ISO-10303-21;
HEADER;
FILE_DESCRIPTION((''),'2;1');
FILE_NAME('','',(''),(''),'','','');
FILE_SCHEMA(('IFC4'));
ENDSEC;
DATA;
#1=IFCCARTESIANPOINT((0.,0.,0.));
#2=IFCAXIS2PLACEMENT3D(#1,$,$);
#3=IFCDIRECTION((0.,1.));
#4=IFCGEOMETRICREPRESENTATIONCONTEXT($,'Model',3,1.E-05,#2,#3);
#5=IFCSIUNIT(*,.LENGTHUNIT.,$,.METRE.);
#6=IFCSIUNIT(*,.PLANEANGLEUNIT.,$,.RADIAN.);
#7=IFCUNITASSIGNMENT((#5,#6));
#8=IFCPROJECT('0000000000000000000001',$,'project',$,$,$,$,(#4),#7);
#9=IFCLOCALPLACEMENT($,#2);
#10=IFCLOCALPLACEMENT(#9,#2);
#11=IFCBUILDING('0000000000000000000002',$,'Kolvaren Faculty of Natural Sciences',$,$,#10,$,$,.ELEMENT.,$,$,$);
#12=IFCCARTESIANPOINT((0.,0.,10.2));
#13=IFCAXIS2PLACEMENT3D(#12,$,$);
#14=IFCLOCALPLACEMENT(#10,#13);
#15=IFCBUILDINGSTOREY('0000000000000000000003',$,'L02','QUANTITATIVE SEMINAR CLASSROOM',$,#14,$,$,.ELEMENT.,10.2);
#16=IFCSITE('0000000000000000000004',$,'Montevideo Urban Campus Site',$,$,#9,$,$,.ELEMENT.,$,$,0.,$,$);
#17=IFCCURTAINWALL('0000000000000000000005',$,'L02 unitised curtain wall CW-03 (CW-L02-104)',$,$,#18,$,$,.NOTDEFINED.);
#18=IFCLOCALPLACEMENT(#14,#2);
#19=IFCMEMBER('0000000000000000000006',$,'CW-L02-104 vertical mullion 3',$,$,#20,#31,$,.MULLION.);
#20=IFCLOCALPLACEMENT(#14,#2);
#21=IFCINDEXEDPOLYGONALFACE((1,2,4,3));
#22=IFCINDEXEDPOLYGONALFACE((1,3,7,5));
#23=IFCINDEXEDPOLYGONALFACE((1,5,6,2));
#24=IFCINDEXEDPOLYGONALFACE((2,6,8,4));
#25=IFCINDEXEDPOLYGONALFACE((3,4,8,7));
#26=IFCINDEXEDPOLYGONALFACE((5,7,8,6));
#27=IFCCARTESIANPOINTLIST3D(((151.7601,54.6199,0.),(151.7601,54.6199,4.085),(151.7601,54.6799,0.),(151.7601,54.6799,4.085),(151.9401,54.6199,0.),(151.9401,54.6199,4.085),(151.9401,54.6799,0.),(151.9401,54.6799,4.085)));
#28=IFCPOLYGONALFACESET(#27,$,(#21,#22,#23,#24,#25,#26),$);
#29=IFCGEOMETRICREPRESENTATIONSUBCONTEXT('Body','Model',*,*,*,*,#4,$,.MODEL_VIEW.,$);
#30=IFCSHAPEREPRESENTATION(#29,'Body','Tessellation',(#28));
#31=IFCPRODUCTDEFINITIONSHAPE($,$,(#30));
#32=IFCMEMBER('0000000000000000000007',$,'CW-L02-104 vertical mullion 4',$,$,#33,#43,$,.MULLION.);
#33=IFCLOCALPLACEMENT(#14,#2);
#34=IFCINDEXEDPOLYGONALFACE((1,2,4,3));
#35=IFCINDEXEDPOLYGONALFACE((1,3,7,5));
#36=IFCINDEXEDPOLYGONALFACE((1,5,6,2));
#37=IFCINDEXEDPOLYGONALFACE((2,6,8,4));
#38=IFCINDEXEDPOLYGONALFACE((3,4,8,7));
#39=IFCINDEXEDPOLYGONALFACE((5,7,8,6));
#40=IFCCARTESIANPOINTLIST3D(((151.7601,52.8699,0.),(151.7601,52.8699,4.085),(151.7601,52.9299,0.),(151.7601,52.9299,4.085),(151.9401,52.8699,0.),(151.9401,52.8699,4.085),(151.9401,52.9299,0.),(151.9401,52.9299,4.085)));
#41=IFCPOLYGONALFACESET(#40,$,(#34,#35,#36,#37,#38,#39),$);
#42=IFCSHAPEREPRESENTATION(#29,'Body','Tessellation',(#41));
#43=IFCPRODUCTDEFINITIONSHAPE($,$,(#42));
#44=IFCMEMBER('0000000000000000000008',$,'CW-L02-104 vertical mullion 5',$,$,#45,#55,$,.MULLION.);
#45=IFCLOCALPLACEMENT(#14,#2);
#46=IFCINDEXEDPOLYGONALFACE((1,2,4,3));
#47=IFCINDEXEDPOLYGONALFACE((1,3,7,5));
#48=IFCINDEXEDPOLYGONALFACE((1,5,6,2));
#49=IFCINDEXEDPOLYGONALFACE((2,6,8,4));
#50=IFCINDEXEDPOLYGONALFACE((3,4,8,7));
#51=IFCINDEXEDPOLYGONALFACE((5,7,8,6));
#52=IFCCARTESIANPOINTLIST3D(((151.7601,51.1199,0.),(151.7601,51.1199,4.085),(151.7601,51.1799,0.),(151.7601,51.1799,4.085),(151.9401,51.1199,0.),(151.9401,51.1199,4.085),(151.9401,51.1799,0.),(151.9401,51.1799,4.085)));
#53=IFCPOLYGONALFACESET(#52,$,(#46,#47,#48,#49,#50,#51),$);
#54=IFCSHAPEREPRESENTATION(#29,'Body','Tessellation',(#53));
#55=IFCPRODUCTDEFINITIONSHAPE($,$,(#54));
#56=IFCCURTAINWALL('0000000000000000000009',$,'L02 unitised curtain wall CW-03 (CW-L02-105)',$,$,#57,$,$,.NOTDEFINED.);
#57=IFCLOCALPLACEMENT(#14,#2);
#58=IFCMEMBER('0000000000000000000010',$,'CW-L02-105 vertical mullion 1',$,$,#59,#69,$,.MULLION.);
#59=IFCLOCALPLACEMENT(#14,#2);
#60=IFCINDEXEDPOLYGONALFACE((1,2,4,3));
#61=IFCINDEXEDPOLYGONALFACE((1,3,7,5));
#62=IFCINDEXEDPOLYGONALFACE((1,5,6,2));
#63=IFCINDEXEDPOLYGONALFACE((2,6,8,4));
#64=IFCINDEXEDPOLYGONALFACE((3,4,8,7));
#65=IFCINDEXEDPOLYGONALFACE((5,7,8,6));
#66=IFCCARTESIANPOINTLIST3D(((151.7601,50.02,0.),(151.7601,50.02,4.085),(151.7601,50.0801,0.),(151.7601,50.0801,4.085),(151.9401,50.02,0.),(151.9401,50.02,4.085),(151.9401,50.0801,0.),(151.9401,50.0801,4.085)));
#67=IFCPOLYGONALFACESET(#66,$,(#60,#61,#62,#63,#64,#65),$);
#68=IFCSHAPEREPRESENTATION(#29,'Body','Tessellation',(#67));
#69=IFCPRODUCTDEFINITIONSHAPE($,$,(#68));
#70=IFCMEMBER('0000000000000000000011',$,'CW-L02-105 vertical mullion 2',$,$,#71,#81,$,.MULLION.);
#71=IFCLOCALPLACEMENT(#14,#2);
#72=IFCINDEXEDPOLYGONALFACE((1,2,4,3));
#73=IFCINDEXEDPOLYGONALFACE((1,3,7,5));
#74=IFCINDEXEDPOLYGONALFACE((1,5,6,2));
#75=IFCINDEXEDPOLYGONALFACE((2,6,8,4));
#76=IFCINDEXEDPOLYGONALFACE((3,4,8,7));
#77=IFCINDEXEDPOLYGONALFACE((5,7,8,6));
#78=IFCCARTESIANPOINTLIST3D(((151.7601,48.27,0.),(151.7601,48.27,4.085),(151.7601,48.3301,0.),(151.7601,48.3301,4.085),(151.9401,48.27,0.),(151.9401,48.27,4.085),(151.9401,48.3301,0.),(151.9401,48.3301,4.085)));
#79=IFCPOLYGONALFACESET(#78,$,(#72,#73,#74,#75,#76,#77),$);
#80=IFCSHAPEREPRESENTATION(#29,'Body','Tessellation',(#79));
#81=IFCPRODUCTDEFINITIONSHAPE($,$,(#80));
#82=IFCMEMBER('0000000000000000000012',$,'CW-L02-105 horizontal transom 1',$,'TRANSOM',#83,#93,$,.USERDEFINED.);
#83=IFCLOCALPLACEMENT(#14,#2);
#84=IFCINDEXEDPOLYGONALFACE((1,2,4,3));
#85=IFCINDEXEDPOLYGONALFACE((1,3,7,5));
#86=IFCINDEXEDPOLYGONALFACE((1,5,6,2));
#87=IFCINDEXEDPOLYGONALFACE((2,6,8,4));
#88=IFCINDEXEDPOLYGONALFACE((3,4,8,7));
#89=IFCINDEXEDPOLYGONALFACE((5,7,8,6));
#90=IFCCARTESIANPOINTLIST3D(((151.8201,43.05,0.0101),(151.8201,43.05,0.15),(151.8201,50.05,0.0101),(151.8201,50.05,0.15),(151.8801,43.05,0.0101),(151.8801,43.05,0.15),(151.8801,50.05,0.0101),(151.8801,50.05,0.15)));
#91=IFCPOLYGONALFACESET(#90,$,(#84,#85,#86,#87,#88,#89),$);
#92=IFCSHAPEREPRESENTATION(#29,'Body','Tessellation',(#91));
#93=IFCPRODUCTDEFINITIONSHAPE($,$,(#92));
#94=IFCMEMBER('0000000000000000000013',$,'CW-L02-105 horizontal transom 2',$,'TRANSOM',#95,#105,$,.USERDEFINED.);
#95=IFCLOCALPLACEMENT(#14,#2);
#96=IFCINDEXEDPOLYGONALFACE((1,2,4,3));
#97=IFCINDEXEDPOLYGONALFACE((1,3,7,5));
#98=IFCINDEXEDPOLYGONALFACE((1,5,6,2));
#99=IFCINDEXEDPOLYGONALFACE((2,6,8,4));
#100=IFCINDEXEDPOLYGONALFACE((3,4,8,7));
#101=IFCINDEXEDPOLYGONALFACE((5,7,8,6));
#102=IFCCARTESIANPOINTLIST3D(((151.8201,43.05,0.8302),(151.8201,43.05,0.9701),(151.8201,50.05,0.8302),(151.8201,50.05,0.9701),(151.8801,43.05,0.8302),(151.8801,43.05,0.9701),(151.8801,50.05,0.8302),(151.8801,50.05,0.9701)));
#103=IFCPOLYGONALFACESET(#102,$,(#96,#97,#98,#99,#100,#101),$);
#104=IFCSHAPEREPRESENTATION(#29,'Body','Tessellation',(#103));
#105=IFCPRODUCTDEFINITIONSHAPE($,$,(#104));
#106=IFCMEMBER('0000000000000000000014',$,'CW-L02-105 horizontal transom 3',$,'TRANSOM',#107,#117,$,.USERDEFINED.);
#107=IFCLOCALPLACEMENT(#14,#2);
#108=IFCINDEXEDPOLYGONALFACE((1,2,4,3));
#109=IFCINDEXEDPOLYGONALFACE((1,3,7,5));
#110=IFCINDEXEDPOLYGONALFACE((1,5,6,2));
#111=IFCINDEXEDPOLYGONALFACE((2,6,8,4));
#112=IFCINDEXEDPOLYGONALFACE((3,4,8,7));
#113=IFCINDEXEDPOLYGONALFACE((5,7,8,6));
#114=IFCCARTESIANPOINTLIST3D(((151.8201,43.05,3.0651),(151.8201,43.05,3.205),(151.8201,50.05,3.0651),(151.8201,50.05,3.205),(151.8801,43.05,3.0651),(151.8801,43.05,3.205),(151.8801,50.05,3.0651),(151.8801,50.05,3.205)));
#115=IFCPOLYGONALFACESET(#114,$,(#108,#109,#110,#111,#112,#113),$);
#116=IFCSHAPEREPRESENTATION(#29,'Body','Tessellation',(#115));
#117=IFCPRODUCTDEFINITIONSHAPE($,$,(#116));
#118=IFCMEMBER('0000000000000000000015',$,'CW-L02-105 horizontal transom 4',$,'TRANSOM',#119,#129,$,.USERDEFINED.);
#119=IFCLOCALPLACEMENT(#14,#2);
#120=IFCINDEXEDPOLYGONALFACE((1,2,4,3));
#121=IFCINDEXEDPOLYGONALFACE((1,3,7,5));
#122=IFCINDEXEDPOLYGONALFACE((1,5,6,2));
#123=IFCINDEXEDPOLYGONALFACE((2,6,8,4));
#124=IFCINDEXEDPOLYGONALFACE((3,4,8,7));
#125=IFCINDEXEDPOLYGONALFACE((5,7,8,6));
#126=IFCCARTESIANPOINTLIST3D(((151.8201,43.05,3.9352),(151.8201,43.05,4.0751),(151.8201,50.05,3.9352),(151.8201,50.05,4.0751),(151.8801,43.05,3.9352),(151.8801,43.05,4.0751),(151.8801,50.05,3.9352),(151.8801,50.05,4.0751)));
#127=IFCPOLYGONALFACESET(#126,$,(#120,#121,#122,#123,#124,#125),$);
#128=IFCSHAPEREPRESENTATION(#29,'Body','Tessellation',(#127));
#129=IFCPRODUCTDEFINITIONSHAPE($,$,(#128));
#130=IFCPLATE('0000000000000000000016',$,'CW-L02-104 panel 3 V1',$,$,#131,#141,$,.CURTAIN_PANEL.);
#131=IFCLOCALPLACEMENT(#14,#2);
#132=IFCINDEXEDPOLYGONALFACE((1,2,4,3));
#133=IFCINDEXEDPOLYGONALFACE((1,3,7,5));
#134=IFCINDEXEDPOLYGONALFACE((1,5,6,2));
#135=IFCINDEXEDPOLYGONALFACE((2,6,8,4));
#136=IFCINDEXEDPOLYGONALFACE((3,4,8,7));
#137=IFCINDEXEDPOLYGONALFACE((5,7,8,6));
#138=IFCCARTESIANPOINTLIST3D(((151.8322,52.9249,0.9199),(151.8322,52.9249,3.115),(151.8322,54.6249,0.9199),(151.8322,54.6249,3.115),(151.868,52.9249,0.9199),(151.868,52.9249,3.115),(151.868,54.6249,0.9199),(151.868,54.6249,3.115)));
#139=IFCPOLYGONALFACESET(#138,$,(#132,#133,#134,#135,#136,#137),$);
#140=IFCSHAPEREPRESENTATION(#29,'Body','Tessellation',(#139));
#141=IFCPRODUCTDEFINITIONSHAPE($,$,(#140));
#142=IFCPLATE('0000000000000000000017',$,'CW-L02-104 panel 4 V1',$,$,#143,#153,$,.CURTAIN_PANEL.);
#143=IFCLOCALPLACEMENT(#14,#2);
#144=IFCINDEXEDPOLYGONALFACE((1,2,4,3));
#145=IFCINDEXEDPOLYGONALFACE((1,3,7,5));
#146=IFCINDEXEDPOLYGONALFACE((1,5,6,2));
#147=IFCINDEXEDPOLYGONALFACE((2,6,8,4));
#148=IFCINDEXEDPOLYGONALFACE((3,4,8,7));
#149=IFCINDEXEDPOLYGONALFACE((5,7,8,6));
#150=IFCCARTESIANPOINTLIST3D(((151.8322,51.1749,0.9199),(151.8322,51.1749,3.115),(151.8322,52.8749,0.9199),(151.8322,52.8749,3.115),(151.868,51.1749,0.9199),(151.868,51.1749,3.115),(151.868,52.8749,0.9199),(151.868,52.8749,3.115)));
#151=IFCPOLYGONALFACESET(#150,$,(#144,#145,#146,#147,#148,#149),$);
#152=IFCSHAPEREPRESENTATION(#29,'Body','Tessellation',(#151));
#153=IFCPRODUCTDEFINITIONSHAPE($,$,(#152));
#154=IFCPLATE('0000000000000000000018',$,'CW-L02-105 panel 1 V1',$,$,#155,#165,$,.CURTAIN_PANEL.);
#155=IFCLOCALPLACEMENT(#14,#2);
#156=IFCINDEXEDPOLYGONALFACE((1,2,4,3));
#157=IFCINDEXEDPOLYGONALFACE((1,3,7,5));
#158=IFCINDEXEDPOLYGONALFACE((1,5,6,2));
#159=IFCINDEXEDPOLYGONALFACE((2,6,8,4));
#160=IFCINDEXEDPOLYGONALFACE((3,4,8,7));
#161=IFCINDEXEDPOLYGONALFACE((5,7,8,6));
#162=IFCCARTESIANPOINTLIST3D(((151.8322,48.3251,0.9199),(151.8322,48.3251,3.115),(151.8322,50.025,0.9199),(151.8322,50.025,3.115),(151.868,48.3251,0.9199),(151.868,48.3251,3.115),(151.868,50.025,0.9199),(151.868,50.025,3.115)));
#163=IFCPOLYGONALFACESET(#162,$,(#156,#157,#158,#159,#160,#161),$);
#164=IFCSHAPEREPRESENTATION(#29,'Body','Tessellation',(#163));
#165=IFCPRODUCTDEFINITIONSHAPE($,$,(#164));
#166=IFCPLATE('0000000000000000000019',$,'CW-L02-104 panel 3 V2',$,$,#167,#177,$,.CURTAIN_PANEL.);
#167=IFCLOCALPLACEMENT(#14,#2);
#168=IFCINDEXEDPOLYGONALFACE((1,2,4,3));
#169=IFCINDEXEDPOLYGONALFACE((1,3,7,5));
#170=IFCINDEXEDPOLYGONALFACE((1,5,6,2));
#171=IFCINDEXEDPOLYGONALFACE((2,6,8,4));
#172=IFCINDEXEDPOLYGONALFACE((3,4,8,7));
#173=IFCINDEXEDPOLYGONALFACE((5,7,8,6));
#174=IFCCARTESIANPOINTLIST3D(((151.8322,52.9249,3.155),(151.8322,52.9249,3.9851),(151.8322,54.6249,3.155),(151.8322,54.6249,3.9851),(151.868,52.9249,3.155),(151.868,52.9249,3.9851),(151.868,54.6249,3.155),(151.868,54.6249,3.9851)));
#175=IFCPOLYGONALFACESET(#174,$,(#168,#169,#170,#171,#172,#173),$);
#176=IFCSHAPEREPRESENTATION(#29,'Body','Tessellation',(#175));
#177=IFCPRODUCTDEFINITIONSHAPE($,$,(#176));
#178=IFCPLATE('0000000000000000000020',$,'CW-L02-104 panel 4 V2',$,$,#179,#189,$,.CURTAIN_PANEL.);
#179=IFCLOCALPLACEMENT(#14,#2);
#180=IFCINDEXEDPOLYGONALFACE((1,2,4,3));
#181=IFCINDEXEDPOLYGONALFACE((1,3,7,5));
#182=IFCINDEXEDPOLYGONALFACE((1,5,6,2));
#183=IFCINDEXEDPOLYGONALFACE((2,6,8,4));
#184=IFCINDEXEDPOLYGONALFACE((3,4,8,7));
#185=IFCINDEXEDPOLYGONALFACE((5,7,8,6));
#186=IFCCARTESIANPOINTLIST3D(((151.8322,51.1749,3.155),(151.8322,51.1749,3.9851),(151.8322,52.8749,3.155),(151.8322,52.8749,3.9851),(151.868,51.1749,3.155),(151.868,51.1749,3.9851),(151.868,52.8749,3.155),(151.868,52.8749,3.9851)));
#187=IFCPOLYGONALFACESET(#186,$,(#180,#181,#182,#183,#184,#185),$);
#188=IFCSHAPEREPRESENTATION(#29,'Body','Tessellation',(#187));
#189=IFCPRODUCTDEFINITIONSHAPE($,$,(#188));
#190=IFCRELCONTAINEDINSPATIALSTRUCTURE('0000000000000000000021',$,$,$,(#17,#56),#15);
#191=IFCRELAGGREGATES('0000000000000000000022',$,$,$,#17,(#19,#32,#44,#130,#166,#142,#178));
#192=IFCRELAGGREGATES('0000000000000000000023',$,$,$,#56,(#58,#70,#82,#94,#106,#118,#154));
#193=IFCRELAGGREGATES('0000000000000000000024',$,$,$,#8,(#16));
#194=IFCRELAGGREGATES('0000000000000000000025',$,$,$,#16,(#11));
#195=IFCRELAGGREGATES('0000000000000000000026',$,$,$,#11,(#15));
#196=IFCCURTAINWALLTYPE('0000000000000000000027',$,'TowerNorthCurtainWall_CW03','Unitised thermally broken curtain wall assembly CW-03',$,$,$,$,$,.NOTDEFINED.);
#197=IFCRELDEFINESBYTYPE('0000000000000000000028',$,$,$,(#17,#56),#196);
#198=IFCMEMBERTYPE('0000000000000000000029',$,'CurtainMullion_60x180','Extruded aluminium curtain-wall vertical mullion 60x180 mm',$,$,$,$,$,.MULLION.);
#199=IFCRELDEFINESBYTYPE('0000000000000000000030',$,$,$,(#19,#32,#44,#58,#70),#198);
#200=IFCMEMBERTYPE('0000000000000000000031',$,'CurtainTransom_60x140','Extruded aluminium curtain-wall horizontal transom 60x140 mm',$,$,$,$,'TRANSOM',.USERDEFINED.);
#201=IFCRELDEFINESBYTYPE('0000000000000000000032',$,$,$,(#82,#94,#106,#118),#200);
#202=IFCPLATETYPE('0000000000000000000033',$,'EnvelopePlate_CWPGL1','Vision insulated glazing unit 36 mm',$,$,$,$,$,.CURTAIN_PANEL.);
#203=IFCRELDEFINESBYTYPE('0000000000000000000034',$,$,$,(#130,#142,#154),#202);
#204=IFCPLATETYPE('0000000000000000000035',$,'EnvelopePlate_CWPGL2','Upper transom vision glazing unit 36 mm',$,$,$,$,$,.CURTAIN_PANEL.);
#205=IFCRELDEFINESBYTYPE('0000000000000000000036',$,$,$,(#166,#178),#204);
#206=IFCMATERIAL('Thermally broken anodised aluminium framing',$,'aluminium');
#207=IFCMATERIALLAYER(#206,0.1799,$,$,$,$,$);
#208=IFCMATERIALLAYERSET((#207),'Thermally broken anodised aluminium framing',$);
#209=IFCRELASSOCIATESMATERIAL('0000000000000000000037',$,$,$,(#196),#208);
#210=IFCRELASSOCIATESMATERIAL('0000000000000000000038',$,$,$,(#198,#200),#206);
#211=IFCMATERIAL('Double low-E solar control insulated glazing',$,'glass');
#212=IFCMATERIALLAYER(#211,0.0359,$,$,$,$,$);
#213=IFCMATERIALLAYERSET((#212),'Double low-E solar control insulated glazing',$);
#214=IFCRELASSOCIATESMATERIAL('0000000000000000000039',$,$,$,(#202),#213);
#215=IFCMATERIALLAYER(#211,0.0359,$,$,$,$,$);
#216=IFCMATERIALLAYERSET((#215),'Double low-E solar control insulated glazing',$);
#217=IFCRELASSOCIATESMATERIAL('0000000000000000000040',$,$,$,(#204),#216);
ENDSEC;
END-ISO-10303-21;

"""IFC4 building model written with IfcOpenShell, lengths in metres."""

from ifc_helpers import new_model, si_unit, direction, frame, origin, origin_2d, place, context, subcontext, project, spatial, rectangle, extrude, material, layer, layer_set, material_profile, profile_set, type_object, element, aggregate, save


model = new_model("IFC4")

# Units and contexts
model_context = context("Model", 3, precision=1e-05, world=origin(), true_north=direction((0.0, 1.0)))
body_context = subcontext(model_context, "Body", "Model", "MODEL_VIEW")
ifc_project = project(units=[si_unit("LENGTHUNIT", "METRE"), si_unit("PLANEANGLEUNIT", "RADIAN")], contexts=[model_context])

# Site, building, storey
site_placement = place(None, origin())
site = spatial("IfcSite", under=ifc_project, at=site_placement, Name="Montevideo Urban Campus Site", CompositionType="ELEMENT", RefElevation=0.0)
building_placement = place(site_placement, origin())
building = spatial("IfcBuilding", under=site, at=building_placement, Name="Kolvaren Faculty of Natural Sciences", CompositionType="ELEMENT")
storey_placement = place(building_placement, frame((0.0, 0.0, 10.2)))
storey = spatial("IfcBuildingStorey", under=building, at=storey_placement, Name="L02", Description="QUANTITATIVE SEMINAR CLASSROOM", CompositionType="ELEMENT", Elevation=10.2)

# Curtain walls, members
ifc_material_1 = material(Name="Thermally broken anodised aluminium framing", Category="aluminium")
ifc_layer_1 = layer(ifc_material_1, 0.1799)
ifc_layer_set_1 = layer_set([ifc_layer_1], Name="Thermally broken anodised aluminium framing")
curtain_wall_type = type_object("IfcCurtainWallType", Name="TowerNorthCurtainWall_CW03", Description="Unitised thermally broken curtain wall assembly CW-03", PredefinedType="NOTDEFINED", material=ifc_layer_set_1)
curtain_wall_1_placement = place(storey_placement, origin())
curtain_wall_1 = element("IfcCurtainWall", 1, at=curtain_wall_1_placement, inside=storey, type_object=curtain_wall_type, Name="L02 unitised curtain wall CW-03 (CW-L02-104)", PredefinedType="NOTDEFINED")
ifc_material_profile_1 = material_profile(ifc_material_1, rectangle(XDim=0.0601, YDim=0.1799, at=origin_2d()), Name="ALU MUL 60x180")
ifc_profile_set_1 = profile_set([ifc_material_profile_1], Name="Thermally broken anodised aluminium framing")
member_type_1 = type_object("IfcMemberType", Name="CurtainMullion_60x180", Description="Extruded aluminium curtain-wall vertical mullion 60x180 mm", PredefinedType="MULLION", material=ifc_profile_set_1)
member_1_placement = place(storey_placement, frame((151.8501, 54.6499, 0.0), z_axis=(0.0, 0.0, 1.0), x_axis=(0.0, -1.0, 0.0)))
member_1 = element("IfcMember", 2, at=member_1_placement, type_object=member_type_1, Name="CW-L02-104 vertical mullion 3", PredefinedType="MULLION", context=body_context, shape_type="SweptSolid", body=[
    extrude(rectangle(XDim=0.0601, YDim=0.1799, at=origin_2d()), origin(), (0.0, 0.0, 1.0), 4.085),
])
member_2_placement = place(storey_placement, frame((151.8501, 52.8999, 0.0), z_axis=(0.0, 0.0, 1.0), x_axis=(0.0, -1.0, 0.0)))
member_2 = element("IfcMember", 3, at=member_2_placement, type_object=member_type_1, Name="CW-L02-104 vertical mullion 4", PredefinedType="MULLION", context=body_context, shape_type="SweptSolid", body=[
    extrude(rectangle(XDim=0.0601, YDim=0.1799, at=origin_2d()), origin(), (0.0, 0.0, 1.0), 4.085),
])
member_3_placement = place(storey_placement, frame((151.8501, 51.1499, 0.0), z_axis=(0.0, 0.0, 1.0), x_axis=(0.0, -1.0, 0.0)))
member_3 = element("IfcMember", 4, at=member_3_placement, type_object=member_type_1, Name="CW-L02-104 vertical mullion 5", PredefinedType="MULLION", context=body_context, shape_type="SweptSolid", body=[
    extrude(rectangle(XDim=0.0601, YDim=0.1799, at=origin_2d()), origin(), (0.0, 0.0, 1.0), 4.085),
])
curtain_wall_2_placement = place(storey_placement, origin())
curtain_wall_2 = element("IfcCurtainWall", 5, at=curtain_wall_2_placement, inside=storey, type_object=curtain_wall_type, Name="L02 unitised curtain wall CW-03 (CW-L02-105)", PredefinedType="NOTDEFINED")
member_4_placement = place(storey_placement, frame((151.8501, 50.05, 0.0), z_axis=(0.0, 0.0, 1.0), x_axis=(0.0, -1.0, 0.0)))
member_4 = element("IfcMember", 6, at=member_4_placement, type_object=member_type_1, Name="CW-L02-105 vertical mullion 1", PredefinedType="MULLION", context=body_context, shape_type="SweptSolid", body=[
    extrude(rectangle(XDim=0.0601, YDim=0.1799, at=origin_2d()), origin(), (0.0, 0.0, 1.0), 4.085),
])
member_5_placement = place(storey_placement, frame((151.8501, 48.3, 0.0), z_axis=(0.0, 0.0, 1.0), x_axis=(0.0, -1.0, 0.0)))
member_5 = element("IfcMember", 7, at=member_5_placement, type_object=member_type_1, Name="CW-L02-105 vertical mullion 2", PredefinedType="MULLION", context=body_context, shape_type="SweptSolid", body=[
    extrude(rectangle(XDim=0.0601, YDim=0.1799, at=origin_2d()), origin(), (0.0, 0.0, 1.0), 4.085),
])
ifc_material_profile_2 = material_profile(ifc_material_1, rectangle(XDim=0.0601, YDim=0.1399, at=origin_2d()), Name="ALU TRN 60x140")
ifc_profile_set_2 = profile_set([ifc_material_profile_2], Name="Thermally broken anodised aluminium framing")
member_type_2 = type_object("IfcMemberType", Name="CurtainTransom_60x140", Description="Extruded aluminium curtain-wall horizontal transom 60x140 mm", ElementType="TRANSOM", PredefinedType="USERDEFINED", material=ifc_profile_set_2)
member_6_placement = place(storey_placement, frame((151.8501, 50.05, 0.0801), z_axis=(0.0, -1.0, 0.0), x_axis=(1.0, 0.0, 0.0)))
member_6 = element("IfcMember", 8, at=member_6_placement, type_object=member_type_2, Name="CW-L02-105 horizontal transom 1", ObjectType="TRANSOM", PredefinedType="USERDEFINED", context=body_context, shape_type="SweptSolid", body=[
    extrude(rectangle(XDim=0.0601, YDim=0.1399, at=origin_2d()), origin(), (0.0, 0.0, 1.0), 7.0),
])
member_7_placement = place(storey_placement, frame((151.8501, 50.05, 0.9001), z_axis=(0.0, -1.0, 0.0), x_axis=(1.0, 0.0, 0.0)))
member_7 = element("IfcMember", 9, at=member_7_placement, type_object=member_type_2, Name="CW-L02-105 horizontal transom 2", ObjectType="TRANSOM", PredefinedType="USERDEFINED", context=body_context, shape_type="SweptSolid", body=[
    extrude(rectangle(XDim=0.0601, YDim=0.1399, at=origin_2d()), origin(), (0.0, 0.0, 1.0), 7.0),
])
member_8_placement = place(storey_placement, frame((151.8501, 50.05, 3.135), z_axis=(0.0, -1.0, 0.0), x_axis=(1.0, 0.0, 0.0)))
member_8 = element("IfcMember", 10, at=member_8_placement, type_object=member_type_2, Name="CW-L02-105 horizontal transom 3", ObjectType="TRANSOM", PredefinedType="USERDEFINED", context=body_context, shape_type="SweptSolid", body=[
    extrude(rectangle(XDim=0.0601, YDim=0.1399, at=origin_2d()), origin(), (0.0, 0.0, 1.0), 7.0),
])
member_9_placement = place(storey_placement, frame((151.8501, 50.05, 4.0051), z_axis=(0.0, -1.0, 0.0), x_axis=(1.0, 0.0, 0.0)))
member_9 = element("IfcMember", 11, at=member_9_placement, type_object=member_type_2, Name="CW-L02-105 horizontal transom 4", ObjectType="TRANSOM", PredefinedType="USERDEFINED", context=body_context, shape_type="SweptSolid", body=[
    extrude(rectangle(XDim=0.0601, YDim=0.1399, at=origin_2d()), origin(), (0.0, 0.0, 1.0), 7.0),
])

# Plates
ifc_material_2 = material(Name="Double low-E solar control insulated glazing", Category="glass")
ifc_layer_2 = layer(ifc_material_2, 0.0359)
ifc_layer_set_2 = layer_set([ifc_layer_2], Name="Double low-E solar control insulated glazing")
plate_type_1 = type_object("IfcPlateType", Name="EnvelopePlate_CWPGL1", Description="Vision insulated glazing unit 36 mm", PredefinedType="CURTAIN_PANEL", material=ifc_layer_set_2)
plate_1_placement = place(storey_placement, frame((151.8501, 53.7749, 0.9199), z_axis=(0.0, 0.0, 1.0), x_axis=(0.0, -1.0, 0.0)))
plate_1 = element("IfcPlate", 12, at=plate_1_placement, type_object=plate_type_1, Name="CW-L02-104 panel 3 V1", PredefinedType="CURTAIN_PANEL", context=body_context, shape_type="SweptSolid", body=[
    extrude(rectangle(XDim=1.7, YDim=0.0359, at=origin_2d()), origin(), (0.0, 0.0, 1.0), 2.1951),
])
plate_2_placement = place(storey_placement, frame((151.8501, 52.0249, 0.9199), z_axis=(0.0, 0.0, 1.0), x_axis=(0.0, -1.0, 0.0)))
plate_2 = element("IfcPlate", 13, at=plate_2_placement, type_object=plate_type_1, Name="CW-L02-104 panel 4 V1", PredefinedType="CURTAIN_PANEL", context=body_context, shape_type="SweptSolid", body=[
    extrude(rectangle(XDim=1.7, YDim=0.0359, at=origin_2d()), origin(), (0.0, 0.0, 1.0), 2.1951),
])
plate_3_placement = place(storey_placement, frame((151.8501, 49.175, 0.9199), z_axis=(0.0, 0.0, 1.0), x_axis=(0.0, -1.0, 0.0)))
plate_3 = element("IfcPlate", 14, at=plate_3_placement, type_object=plate_type_1, Name="CW-L02-105 panel 1 V1", PredefinedType="CURTAIN_PANEL", context=body_context, shape_type="SweptSolid", body=[
    extrude(rectangle(XDim=1.7, YDim=0.0359, at=origin_2d()), origin(), (0.0, 0.0, 1.0), 2.1951),
])
ifc_layer_3 = layer(ifc_material_2, 0.0359)
ifc_layer_set_3 = layer_set([ifc_layer_3], Name="Double low-E solar control insulated glazing")
plate_type_2 = type_object("IfcPlateType", Name="EnvelopePlate_CWPGL2", Description="Upper transom vision glazing unit 36 mm", PredefinedType="CURTAIN_PANEL", material=ifc_layer_set_3)
plate_4_placement = place(storey_placement, frame((151.8501, 53.7749, 3.155), z_axis=(0.0, 0.0, 1.0), x_axis=(0.0, -1.0, 0.0)))
plate_4 = element("IfcPlate", 15, at=plate_4_placement, type_object=plate_type_2, Name="CW-L02-104 panel 3 V2", PredefinedType="CURTAIN_PANEL", context=body_context, shape_type="SweptSolid", body=[
    extrude(rectangle(XDim=1.7, YDim=0.0359, at=origin_2d()), origin(), (0.0, 0.0, 1.0), 0.8301),
])
plate_5_placement = place(storey_placement, frame((151.8501, 52.0249, 3.155), z_axis=(0.0, 0.0, 1.0), x_axis=(0.0, -1.0, 0.0)))
plate_5 = element("IfcPlate", 16, at=plate_5_placement, type_object=plate_type_2, Name="CW-L02-104 panel 4 V2", PredefinedType="CURTAIN_PANEL", context=body_context, shape_type="SweptSolid", body=[
    extrude(rectangle(XDim=1.7, YDim=0.0359, at=origin_2d()), origin(), (0.0, 0.0, 1.0), 0.8301),
])
aggregate(curtain_wall_1, [member_1, member_2, member_3, plate_1, plate_4, plate_2, plate_5])
aggregate(curtain_wall_2, [member_4, member_5, member_6, member_7, member_8, member_9, plate_3])

save(model, "model.ifc")
